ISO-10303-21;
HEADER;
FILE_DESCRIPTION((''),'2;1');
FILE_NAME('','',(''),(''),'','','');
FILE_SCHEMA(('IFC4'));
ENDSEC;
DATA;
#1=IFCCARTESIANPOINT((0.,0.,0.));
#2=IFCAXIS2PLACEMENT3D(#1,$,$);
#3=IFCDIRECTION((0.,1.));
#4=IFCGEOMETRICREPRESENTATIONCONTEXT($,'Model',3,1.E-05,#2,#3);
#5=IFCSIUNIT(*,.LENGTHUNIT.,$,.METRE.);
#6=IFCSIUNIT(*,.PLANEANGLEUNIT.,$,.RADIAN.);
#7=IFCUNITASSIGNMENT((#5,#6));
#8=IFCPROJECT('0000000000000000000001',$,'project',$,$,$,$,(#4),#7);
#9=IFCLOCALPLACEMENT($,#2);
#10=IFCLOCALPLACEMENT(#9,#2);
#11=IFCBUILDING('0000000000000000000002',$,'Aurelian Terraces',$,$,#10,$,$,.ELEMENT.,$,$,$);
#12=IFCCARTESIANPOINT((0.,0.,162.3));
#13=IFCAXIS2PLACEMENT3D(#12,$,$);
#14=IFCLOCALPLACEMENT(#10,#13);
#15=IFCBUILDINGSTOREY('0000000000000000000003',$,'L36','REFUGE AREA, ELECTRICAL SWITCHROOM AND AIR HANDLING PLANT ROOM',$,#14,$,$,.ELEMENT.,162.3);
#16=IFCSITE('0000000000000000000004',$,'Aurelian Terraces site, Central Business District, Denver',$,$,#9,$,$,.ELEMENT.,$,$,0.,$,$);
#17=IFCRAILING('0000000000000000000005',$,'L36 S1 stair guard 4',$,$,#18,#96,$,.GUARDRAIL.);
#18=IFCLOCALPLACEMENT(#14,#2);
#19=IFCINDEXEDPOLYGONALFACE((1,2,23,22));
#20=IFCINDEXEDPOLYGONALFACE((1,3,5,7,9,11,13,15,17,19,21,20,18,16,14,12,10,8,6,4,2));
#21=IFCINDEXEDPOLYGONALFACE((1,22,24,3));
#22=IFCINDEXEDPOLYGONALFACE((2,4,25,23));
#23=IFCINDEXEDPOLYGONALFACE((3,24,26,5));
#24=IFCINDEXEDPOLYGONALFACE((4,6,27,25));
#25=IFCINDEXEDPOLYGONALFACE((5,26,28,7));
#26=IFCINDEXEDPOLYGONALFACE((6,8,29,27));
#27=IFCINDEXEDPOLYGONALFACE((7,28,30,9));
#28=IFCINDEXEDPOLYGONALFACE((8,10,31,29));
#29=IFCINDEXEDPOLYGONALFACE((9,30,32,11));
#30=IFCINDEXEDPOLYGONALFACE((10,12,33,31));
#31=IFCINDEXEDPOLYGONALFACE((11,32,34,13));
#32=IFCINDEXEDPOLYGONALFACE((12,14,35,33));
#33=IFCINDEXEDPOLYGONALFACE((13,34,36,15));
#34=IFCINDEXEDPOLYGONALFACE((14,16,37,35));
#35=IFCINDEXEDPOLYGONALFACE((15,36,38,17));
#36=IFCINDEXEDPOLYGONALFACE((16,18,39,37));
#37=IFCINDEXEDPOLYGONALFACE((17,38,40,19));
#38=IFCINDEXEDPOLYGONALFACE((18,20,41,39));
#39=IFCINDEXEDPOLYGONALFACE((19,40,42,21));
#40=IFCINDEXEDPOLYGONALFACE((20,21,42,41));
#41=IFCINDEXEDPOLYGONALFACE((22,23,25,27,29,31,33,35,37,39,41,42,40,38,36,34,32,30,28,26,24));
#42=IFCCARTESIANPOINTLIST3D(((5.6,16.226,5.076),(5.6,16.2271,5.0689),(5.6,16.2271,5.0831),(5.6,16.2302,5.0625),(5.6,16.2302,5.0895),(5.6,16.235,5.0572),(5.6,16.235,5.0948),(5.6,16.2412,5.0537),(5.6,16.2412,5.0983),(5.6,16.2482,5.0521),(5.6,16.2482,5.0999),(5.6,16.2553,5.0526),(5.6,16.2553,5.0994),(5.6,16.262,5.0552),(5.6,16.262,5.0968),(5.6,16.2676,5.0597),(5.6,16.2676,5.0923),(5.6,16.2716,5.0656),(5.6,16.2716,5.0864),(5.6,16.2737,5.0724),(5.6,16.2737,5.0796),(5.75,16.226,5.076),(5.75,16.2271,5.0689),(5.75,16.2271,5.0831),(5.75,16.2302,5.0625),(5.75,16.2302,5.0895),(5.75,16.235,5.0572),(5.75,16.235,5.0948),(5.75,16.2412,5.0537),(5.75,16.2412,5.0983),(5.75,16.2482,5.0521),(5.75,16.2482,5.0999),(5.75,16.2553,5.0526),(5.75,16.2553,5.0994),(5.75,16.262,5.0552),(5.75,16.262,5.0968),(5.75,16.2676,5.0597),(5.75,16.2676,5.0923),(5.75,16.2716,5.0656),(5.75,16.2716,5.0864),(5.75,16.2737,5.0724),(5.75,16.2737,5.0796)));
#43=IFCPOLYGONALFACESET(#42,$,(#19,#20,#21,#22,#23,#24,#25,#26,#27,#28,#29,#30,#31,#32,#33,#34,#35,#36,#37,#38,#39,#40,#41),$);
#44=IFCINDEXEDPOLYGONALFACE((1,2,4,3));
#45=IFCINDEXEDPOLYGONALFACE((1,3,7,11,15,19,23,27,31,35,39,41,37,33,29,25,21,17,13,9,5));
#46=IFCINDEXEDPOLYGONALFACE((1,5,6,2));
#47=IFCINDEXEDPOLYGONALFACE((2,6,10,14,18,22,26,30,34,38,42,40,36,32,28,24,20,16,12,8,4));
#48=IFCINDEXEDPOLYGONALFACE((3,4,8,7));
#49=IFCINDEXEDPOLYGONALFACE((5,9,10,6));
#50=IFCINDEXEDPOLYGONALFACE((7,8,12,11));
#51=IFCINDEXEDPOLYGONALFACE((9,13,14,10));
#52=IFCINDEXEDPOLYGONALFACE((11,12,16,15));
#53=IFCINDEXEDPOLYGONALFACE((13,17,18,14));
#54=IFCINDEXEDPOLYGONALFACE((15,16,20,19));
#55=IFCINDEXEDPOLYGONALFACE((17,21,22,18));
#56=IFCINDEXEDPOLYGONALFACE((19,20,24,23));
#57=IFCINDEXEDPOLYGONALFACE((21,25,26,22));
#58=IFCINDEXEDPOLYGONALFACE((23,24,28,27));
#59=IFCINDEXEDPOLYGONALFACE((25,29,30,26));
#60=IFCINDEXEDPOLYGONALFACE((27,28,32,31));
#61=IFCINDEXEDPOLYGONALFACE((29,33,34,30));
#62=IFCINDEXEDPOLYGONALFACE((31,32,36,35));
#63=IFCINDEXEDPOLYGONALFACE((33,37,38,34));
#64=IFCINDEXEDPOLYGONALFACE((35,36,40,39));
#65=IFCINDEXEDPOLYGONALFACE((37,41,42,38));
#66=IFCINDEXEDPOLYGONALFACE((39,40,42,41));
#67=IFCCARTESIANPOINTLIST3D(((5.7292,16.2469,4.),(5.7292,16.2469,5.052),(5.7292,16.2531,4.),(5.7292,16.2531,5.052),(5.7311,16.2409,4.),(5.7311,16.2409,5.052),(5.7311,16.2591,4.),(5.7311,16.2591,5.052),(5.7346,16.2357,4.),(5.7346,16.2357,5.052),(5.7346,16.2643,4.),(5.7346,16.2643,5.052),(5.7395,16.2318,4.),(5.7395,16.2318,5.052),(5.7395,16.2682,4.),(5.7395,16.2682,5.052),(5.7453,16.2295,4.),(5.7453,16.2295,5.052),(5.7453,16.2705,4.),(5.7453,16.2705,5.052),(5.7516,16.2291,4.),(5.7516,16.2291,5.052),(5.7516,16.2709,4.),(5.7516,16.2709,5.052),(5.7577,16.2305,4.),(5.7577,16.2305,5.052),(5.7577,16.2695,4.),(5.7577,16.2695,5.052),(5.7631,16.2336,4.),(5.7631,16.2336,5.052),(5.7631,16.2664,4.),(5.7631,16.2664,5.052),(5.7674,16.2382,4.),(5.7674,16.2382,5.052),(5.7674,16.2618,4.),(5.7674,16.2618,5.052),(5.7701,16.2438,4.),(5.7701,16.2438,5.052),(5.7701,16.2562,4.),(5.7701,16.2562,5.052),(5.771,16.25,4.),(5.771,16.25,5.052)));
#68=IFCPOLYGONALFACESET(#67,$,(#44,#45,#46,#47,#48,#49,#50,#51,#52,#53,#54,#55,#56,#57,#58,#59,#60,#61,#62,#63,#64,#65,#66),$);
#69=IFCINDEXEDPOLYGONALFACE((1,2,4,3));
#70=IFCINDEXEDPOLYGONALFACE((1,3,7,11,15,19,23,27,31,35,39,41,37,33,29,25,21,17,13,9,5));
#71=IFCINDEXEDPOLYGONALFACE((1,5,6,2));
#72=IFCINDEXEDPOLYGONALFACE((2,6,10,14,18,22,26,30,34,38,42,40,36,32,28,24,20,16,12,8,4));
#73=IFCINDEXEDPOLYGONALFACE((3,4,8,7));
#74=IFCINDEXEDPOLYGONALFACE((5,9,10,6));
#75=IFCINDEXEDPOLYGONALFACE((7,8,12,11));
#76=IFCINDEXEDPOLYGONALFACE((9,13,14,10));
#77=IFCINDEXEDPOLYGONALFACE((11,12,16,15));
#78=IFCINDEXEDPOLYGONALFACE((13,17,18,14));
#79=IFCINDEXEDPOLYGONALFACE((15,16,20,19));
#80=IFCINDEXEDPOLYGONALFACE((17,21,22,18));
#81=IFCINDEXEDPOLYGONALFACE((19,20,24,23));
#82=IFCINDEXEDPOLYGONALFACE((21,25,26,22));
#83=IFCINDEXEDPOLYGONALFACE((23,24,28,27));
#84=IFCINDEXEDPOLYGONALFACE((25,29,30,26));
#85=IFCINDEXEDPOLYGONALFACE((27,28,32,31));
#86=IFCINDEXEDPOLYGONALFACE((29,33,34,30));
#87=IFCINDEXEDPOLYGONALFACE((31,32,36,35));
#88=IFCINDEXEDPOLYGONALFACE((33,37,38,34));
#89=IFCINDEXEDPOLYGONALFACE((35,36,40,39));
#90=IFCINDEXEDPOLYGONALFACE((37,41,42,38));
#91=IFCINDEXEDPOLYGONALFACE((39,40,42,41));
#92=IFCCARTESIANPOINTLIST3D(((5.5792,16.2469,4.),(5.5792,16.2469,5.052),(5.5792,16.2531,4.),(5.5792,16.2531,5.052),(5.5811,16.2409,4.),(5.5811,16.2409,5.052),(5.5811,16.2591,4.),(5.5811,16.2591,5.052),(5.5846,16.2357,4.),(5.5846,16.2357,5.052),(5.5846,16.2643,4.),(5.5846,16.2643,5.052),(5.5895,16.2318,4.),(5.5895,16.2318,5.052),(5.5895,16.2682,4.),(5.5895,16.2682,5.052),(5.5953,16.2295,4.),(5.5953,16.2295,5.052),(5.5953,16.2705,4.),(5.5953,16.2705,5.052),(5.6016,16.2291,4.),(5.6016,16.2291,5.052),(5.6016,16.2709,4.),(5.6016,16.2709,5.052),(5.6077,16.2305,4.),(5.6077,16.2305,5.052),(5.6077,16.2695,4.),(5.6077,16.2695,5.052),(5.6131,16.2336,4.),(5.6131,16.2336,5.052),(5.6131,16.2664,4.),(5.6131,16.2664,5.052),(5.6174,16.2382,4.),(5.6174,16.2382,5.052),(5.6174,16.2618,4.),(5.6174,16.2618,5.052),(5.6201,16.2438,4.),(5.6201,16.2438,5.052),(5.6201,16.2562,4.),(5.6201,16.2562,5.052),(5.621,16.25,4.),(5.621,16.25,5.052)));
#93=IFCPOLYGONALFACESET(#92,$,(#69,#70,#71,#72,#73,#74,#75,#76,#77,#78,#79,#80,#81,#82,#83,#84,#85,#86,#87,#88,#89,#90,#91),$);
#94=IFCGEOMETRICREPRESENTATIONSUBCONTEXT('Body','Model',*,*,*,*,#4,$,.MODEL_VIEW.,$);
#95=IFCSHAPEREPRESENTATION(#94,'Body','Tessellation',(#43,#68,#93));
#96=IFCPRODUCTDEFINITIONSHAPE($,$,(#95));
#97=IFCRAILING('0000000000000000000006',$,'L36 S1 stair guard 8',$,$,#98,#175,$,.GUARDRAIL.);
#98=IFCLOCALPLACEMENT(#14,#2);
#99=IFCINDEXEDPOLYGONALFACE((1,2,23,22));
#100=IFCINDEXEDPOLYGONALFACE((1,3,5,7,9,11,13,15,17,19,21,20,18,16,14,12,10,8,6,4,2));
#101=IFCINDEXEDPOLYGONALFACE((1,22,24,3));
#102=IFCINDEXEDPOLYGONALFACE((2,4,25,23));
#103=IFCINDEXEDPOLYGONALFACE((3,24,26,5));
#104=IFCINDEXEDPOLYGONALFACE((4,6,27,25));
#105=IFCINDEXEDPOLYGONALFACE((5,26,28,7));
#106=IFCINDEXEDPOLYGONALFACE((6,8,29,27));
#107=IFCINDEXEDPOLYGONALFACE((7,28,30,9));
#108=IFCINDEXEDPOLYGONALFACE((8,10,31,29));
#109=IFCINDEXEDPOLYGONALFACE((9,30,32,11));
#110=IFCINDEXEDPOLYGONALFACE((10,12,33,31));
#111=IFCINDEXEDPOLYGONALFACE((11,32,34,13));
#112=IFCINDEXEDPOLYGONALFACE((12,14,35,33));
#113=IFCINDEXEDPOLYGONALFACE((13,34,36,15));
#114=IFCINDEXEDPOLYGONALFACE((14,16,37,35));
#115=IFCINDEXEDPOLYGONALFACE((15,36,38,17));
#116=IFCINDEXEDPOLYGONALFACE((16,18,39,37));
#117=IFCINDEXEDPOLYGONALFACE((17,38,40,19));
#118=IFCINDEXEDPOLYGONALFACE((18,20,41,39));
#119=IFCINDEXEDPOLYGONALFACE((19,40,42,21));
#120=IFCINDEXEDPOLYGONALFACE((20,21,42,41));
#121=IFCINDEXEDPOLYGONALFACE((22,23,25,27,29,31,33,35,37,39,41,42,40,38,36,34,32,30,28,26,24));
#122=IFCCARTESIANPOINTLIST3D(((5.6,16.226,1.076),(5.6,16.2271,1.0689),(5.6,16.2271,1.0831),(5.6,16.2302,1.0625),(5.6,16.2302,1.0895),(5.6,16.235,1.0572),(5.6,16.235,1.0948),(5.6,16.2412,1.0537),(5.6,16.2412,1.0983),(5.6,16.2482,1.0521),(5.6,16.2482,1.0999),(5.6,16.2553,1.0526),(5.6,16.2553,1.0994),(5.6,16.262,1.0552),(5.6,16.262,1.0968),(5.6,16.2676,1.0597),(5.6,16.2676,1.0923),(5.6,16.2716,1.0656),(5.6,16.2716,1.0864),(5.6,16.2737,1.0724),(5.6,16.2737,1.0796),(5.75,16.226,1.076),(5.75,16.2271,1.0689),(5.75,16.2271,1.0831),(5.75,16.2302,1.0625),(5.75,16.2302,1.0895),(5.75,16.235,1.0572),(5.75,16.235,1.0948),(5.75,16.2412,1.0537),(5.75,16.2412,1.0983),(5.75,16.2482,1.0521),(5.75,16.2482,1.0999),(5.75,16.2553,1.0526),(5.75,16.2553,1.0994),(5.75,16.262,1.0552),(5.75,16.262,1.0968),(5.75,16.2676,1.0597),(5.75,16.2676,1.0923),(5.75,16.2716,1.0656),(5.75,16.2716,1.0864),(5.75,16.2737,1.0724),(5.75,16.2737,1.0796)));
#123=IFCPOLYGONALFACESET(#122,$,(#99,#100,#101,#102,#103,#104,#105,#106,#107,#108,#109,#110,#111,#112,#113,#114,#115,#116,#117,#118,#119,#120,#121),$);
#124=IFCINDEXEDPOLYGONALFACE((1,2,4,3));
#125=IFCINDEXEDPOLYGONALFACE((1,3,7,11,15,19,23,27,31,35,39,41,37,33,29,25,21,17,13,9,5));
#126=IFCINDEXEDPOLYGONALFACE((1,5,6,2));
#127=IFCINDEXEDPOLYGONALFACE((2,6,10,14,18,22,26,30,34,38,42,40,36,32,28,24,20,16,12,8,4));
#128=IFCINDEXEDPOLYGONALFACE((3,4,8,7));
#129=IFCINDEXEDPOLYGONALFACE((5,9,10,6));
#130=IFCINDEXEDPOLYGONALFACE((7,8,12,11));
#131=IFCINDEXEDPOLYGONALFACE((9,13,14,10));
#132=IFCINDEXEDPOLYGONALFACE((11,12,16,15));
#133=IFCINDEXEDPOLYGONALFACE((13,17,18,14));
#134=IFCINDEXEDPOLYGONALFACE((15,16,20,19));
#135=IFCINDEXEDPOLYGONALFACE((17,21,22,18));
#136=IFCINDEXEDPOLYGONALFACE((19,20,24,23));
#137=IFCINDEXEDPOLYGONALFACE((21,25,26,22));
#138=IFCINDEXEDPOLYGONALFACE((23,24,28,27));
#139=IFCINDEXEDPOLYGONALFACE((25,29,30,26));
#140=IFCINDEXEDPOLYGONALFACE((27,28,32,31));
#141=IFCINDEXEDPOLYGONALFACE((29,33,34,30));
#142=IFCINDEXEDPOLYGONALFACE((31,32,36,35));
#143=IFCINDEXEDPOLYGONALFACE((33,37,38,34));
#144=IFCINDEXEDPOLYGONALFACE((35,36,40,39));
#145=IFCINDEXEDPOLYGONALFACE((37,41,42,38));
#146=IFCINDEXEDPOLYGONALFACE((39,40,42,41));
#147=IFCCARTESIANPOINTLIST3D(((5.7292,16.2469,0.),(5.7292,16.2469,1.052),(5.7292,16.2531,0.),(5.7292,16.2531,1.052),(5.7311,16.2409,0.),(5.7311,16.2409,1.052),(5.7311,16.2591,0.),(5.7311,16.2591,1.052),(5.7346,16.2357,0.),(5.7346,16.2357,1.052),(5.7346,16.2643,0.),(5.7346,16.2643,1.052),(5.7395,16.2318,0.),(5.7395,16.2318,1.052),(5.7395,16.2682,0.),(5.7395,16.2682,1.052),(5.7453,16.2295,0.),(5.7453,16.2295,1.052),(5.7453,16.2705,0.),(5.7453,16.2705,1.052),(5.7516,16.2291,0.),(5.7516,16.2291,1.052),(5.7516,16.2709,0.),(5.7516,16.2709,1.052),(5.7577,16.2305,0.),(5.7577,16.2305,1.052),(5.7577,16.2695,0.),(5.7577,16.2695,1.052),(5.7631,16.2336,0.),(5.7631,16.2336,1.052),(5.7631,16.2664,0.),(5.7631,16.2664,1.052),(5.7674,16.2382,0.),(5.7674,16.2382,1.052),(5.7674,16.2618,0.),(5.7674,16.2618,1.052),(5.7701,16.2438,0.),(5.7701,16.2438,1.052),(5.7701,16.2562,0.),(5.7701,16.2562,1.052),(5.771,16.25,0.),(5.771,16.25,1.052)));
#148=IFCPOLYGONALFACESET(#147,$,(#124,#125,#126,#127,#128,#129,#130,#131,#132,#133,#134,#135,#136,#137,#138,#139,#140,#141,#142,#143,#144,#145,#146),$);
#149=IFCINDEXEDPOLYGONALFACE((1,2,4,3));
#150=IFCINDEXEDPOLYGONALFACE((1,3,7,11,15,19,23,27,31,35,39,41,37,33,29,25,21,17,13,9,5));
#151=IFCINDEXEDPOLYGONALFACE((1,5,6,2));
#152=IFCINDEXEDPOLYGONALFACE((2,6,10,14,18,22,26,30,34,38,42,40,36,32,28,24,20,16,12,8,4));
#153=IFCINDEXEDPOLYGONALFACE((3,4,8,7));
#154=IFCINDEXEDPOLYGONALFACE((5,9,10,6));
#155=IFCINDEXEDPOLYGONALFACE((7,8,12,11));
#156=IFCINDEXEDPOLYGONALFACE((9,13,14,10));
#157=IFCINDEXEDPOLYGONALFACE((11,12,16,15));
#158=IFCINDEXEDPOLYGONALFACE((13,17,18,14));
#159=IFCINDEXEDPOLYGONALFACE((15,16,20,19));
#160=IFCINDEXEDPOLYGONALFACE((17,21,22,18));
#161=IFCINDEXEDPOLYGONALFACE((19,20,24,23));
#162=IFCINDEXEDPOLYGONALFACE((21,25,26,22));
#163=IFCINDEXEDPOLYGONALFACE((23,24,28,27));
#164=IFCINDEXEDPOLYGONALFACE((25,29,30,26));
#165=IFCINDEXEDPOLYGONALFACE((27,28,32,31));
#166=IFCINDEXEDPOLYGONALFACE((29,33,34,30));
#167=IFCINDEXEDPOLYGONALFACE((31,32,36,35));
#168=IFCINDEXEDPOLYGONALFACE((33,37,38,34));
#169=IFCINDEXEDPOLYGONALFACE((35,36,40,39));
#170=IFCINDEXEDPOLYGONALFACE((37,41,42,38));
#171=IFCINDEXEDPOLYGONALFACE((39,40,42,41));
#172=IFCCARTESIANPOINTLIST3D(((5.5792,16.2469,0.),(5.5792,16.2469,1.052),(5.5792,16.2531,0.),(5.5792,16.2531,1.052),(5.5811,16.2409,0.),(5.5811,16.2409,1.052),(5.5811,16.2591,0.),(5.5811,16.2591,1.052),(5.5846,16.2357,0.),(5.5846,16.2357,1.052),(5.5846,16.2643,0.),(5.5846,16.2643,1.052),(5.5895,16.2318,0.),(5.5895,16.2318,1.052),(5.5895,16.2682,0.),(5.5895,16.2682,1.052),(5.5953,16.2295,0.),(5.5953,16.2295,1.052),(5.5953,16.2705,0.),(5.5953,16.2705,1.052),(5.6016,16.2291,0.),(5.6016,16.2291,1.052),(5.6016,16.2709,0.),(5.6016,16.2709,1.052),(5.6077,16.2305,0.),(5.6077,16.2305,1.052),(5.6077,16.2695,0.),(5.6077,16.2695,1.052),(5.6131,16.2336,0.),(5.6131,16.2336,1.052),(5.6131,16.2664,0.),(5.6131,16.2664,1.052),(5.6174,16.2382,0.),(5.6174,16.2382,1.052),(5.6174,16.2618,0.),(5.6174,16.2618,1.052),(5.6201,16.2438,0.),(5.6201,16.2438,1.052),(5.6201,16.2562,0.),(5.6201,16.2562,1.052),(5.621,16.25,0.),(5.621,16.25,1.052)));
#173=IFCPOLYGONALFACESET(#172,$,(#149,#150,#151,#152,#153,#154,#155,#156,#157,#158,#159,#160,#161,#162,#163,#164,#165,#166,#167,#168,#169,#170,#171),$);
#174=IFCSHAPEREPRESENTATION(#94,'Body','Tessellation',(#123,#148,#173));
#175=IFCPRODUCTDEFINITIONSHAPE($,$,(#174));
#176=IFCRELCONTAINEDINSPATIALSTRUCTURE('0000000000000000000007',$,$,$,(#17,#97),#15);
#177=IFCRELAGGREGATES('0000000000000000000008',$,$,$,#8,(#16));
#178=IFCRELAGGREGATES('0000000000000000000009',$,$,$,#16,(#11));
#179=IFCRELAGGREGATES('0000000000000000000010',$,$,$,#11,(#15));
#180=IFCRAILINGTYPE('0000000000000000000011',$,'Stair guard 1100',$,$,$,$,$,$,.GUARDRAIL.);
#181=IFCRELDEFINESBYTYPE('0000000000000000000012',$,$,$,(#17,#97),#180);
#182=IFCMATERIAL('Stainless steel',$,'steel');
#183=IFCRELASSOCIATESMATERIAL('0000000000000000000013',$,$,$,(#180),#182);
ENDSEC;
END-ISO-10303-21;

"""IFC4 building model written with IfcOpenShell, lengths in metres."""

from ifc_helpers import new_model, si_unit, direction, frame, origin, origin_2d, place, context, subcontext, project, spatial, circle, extrude, source, transform, mapped, material, type_object, element, save


model = new_model("IFC4")

# Units and contexts
model_context = context("Model", 3, precision=1e-05, world=origin(), true_north=direction((0.0, 1.0)))
body_context = subcontext(model_context, "Body", "Model", "MODEL_VIEW")
ifc_project = project(units=[si_unit("LENGTHUNIT", "METRE"), si_unit("PLANEANGLEUNIT", "RADIAN")], contexts=[model_context])

# Site, building, storey
site_placement = place(None, origin())
site = spatial("IfcSite", under=ifc_project, at=site_placement, Name="Aurelian Terraces site, Central Business District, Denver", CompositionType="ELEMENT", RefElevation=0.0)
building_placement = place(site_placement, origin())
building = spatial("IfcBuilding", under=site, at=building_placement, Name="Aurelian Terraces", CompositionType="ELEMENT")
storey_placement = place(building_placement, frame((0.0, 0.0, 162.3)))
storey = spatial("IfcBuildingStorey", under=building, at=storey_placement, Name="L36", Description="REFUGE AREA, ELECTRICAL SWITCHROOM AND AIR HANDLING PLANT ROOM", CompositionType="ELEMENT", Elevation=162.3)

# Shared definitions
ifc_material_1 = material(Name="Stainless steel", Category="steel")

# Railings
railing_type_1 = type_object("IfcRailingType", Name="Stair guard 1100", PredefinedType="GUARDRAIL", material=ifc_material_1)
shared_shape_1 = source(origin(), body_context, "Body", "SweptSolid", [
    extrude(circle(Radius=0.024, at=origin_2d()), frame((0.0, 0.0, 1.076), z_axis=(-1.0, 0.0, 0.0), x_axis=(0.0, -1.0, 0.0)), (0.0, 0.0, 1.0), 0.15),
    extrude(circle(Radius=0.021, at=origin_2d()), origin(), (0.0, 0.0, 1.0), 1.052),
    extrude(circle(Radius=0.021, at=origin_2d()), frame((-0.15, 0.0, 0.0)), (0.0, 0.0, 1.0), 1.052),
])
for number, where, name in (
    (1, (5.75, 16.25, 4.0), "L36 S1 stair guard 4"),
    (2, (5.75, 16.25, 0.0), "L36 S1 stair guard 8"),
):
    element("IfcRailing", number, at=place(storey_placement, frame(where)), inside=storey, type_object=railing_type_1, Name=name, PredefinedType="GUARDRAIL", context=body_context, shape_type="MappedRepresentation", body=[
        mapped(shared_shape_1, transform((0.0, 0.0, 0.0), scale=1.0)),
    ])

save(model, "model.ifc")
